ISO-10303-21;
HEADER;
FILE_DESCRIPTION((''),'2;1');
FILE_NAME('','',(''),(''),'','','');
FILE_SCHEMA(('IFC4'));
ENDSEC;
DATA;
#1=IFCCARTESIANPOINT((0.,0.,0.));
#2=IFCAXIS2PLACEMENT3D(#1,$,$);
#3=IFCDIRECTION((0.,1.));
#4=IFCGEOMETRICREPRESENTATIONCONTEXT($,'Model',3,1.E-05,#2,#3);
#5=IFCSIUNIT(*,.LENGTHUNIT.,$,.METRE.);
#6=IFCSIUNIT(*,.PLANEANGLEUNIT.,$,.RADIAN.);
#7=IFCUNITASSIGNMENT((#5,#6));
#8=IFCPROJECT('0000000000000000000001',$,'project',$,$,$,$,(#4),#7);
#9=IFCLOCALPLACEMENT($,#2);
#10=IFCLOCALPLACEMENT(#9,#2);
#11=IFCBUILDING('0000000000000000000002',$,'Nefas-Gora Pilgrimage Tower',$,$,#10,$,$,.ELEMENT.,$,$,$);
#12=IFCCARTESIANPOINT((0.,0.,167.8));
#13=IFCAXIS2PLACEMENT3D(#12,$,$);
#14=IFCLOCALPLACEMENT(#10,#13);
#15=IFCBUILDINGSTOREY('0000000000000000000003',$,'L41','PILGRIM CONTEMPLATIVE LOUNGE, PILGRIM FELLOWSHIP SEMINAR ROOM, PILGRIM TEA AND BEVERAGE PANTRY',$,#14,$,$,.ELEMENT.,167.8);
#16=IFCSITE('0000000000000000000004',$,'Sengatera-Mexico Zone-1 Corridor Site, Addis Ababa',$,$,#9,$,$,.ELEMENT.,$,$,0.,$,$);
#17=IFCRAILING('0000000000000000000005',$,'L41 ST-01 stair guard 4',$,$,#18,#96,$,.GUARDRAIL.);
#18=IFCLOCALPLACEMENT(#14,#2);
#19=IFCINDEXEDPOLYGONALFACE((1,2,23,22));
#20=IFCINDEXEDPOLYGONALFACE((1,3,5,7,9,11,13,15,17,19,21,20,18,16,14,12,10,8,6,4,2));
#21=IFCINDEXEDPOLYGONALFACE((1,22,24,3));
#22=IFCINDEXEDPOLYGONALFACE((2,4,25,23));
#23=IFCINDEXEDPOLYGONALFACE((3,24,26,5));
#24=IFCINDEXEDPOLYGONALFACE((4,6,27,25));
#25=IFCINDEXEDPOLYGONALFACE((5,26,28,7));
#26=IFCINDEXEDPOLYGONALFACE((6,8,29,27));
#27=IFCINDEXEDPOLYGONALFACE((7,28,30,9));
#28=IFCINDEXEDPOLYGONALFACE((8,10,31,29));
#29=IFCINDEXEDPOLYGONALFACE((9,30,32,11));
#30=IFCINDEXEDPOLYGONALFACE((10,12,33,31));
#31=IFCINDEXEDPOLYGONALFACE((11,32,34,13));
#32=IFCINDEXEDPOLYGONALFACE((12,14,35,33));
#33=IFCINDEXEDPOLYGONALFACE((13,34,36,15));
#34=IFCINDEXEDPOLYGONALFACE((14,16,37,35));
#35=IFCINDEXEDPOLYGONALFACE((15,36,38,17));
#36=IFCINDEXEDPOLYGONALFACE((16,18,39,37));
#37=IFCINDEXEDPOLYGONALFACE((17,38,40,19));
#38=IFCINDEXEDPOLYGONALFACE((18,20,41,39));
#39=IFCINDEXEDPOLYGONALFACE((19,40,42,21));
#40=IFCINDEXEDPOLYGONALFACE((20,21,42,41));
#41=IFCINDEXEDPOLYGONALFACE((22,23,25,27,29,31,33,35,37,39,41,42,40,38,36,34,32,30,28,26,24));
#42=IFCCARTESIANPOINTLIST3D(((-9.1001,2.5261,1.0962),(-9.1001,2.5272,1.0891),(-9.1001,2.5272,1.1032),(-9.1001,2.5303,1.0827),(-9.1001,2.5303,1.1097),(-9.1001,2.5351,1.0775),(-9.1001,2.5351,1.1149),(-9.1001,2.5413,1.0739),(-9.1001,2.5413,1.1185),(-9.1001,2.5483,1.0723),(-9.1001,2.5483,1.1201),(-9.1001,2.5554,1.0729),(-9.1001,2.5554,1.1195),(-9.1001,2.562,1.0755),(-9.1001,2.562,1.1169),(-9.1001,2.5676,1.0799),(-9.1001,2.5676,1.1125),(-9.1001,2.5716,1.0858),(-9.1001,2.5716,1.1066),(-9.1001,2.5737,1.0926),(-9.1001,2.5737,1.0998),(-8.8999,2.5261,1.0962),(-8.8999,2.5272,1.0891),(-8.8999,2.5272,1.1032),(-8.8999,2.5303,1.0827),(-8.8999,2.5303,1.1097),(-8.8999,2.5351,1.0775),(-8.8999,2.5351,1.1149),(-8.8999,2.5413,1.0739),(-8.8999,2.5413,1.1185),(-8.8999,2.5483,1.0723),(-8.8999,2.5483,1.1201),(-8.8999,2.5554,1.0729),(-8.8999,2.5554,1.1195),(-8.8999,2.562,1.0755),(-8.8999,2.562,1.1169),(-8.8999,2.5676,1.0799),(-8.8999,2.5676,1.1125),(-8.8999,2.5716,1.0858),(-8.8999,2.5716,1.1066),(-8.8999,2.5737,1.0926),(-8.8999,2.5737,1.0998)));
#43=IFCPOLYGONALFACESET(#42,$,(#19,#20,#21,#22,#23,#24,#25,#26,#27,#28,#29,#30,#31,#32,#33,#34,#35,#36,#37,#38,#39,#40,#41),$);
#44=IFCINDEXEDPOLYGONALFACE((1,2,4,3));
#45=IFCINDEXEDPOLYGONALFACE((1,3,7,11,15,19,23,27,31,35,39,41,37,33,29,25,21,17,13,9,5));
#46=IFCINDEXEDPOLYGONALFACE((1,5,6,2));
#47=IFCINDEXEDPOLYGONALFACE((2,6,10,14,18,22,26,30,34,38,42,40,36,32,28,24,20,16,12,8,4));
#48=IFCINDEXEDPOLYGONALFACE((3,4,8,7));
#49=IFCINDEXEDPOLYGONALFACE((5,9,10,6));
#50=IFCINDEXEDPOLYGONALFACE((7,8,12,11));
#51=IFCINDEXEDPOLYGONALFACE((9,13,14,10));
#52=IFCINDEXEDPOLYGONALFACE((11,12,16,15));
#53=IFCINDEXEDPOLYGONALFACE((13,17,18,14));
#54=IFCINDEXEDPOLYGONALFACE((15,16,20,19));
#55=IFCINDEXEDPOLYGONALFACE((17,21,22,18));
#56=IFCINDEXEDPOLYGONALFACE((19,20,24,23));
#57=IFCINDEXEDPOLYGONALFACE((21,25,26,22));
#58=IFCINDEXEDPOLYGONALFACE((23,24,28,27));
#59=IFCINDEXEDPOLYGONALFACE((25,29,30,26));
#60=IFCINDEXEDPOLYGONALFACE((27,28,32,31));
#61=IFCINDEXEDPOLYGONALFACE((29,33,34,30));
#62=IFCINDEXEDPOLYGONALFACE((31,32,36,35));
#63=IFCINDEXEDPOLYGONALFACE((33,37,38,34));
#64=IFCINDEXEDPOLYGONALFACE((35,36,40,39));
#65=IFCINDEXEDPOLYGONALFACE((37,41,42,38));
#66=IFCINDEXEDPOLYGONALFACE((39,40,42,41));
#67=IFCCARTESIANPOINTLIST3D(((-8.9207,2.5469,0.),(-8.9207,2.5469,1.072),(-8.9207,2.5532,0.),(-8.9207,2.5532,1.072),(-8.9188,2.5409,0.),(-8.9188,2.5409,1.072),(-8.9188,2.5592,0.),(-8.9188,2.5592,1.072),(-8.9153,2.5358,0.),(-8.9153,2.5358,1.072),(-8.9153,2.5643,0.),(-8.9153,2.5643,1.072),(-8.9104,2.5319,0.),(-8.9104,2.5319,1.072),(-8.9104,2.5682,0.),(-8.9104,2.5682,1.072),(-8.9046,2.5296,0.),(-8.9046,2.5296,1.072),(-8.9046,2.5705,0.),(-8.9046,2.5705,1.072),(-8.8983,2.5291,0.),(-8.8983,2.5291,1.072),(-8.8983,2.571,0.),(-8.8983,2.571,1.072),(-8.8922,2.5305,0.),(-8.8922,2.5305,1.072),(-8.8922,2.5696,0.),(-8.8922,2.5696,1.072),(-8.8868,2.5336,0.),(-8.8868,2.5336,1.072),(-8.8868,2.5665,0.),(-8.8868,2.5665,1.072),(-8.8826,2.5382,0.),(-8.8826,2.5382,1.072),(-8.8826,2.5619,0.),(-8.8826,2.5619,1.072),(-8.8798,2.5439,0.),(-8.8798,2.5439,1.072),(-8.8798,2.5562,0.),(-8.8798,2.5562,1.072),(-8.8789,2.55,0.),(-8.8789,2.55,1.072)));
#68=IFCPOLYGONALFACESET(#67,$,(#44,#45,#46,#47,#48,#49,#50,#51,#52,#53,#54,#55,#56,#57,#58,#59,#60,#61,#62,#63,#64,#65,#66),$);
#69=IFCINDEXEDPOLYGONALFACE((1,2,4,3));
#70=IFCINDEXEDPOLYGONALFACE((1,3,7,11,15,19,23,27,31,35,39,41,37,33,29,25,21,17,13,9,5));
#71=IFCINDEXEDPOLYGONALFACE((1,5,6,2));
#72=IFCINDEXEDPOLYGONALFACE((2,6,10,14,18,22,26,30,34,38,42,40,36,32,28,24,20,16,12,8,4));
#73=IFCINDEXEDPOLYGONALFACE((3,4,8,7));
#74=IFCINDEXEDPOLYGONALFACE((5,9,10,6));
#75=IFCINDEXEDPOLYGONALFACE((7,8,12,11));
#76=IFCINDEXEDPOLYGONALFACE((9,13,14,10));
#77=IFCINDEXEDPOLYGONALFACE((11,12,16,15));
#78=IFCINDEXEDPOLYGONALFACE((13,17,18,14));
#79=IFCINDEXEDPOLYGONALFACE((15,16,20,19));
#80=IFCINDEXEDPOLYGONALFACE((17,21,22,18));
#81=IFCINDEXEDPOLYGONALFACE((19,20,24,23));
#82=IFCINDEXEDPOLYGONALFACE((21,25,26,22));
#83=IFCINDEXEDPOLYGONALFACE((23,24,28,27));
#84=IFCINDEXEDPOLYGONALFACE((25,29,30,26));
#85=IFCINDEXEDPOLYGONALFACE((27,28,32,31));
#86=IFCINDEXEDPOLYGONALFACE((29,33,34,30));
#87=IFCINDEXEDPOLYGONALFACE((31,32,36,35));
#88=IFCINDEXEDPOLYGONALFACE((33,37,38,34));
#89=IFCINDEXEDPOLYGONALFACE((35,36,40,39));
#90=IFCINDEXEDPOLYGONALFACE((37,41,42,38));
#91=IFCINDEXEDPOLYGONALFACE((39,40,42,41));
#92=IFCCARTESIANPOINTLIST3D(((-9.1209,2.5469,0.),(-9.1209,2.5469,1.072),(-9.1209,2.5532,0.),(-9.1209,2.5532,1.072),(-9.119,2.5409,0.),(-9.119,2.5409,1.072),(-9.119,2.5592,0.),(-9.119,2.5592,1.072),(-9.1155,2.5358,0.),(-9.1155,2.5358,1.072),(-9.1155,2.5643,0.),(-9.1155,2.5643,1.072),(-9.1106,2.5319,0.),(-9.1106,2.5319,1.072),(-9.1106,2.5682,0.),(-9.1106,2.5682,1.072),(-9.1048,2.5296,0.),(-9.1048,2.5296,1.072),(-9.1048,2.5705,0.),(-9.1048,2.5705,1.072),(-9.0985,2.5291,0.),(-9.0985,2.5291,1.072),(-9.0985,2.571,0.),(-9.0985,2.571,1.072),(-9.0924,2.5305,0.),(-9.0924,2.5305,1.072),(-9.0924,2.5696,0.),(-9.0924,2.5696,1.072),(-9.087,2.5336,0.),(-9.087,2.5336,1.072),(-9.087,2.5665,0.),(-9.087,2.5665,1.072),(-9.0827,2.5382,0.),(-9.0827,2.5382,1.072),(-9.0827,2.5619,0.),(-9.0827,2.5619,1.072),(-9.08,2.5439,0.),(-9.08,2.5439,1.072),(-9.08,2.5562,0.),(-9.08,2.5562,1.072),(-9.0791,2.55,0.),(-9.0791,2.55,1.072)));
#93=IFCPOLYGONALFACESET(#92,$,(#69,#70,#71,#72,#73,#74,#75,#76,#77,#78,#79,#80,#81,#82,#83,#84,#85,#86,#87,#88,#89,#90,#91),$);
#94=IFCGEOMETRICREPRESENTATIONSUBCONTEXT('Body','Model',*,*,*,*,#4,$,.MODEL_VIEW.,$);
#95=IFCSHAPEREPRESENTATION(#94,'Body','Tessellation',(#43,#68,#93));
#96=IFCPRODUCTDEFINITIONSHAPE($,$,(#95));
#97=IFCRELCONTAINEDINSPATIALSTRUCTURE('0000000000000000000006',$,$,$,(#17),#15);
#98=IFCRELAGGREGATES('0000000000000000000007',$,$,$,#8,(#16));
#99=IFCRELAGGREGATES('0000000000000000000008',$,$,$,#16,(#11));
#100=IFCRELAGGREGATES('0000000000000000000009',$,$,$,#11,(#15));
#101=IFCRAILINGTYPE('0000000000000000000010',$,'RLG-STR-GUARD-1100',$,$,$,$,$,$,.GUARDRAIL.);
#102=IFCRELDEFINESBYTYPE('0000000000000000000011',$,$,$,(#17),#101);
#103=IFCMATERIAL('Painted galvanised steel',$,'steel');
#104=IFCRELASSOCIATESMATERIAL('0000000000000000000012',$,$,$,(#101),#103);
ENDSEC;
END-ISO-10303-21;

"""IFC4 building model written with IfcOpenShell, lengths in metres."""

from ifc_helpers import new_model, si_unit, direction, frame, origin, origin_2d, place, context, subcontext, project, spatial, circle, extrude, material, type_object, element, save


model = new_model("IFC4")

# Units and contexts
model_context = context("Model", 3, precision=1e-05, world=origin(), true_north=direction((0.0, 1.0)))
body_context = subcontext(model_context, "Body", "Model", "MODEL_VIEW")
ifc_project = project(units=[si_unit("LENGTHUNIT", "METRE"), si_unit("PLANEANGLEUNIT", "RADIAN")], contexts=[model_context])

# Site, building, storey
site_placement = place(None, origin())
site = spatial("IfcSite", under=ifc_project, at=site_placement, Name="Sengatera-Mexico Zone-1 Corridor Site, Addis Ababa", CompositionType="ELEMENT", RefElevation=0.0)
building_placement = place(site_placement, origin())
building = spatial("IfcBuilding", under=site, at=building_placement, Name="Nefas-Gora Pilgrimage Tower", CompositionType="ELEMENT")
storey_placement = place(building_placement, frame((0.0, 0.0, 167.8)))
storey = spatial("IfcBuildingStorey", under=building, at=storey_placement, Name="L41", Description="PILGRIM CONTEMPLATIVE LOUNGE, PILGRIM FELLOWSHIP SEMINAR ROOM, PILGRIM TEA AND BEVERAGE PANTRY", CompositionType="ELEMENT", Elevation=167.8)

# Railing
ifc_material_1 = material(Name="Painted galvanised steel", Category="steel")
railing_type_1 = type_object("IfcRailingType", Name="RLG-STR-GUARD-1100", PredefinedType="GUARDRAIL", material=ifc_material_1)
railing_1_placement = place(storey_placement, frame((-8.8999, 2.55, 0.0)))
element("IfcRailing", 1, at=railing_1_placement, inside=storey, type_object=railing_type_1, Name="L41 ST-01 stair guard 4", PredefinedType="GUARDRAIL", context=body_context, shape_type="SweptSolid", body=[
    extrude(circle(Radius=0.0239, at=origin_2d()), frame((0.0, 0.0, 1.0962), z_axis=(-1.0, 0.0, 0.0), x_axis=(0.0, -1.0, 0.0)), (0.0, 0.0, 1.0), 0.2002),
    extrude(circle(Radius=0.021, at=origin_2d()), origin(), (0.0, 0.0, 1.0), 1.072),
    extrude(circle(Radius=0.021, at=origin_2d()), frame((-0.2002, 0.0, 0.0)), (0.0, 0.0, 1.0), 1.072),
])

save(model, "model.ifc")
